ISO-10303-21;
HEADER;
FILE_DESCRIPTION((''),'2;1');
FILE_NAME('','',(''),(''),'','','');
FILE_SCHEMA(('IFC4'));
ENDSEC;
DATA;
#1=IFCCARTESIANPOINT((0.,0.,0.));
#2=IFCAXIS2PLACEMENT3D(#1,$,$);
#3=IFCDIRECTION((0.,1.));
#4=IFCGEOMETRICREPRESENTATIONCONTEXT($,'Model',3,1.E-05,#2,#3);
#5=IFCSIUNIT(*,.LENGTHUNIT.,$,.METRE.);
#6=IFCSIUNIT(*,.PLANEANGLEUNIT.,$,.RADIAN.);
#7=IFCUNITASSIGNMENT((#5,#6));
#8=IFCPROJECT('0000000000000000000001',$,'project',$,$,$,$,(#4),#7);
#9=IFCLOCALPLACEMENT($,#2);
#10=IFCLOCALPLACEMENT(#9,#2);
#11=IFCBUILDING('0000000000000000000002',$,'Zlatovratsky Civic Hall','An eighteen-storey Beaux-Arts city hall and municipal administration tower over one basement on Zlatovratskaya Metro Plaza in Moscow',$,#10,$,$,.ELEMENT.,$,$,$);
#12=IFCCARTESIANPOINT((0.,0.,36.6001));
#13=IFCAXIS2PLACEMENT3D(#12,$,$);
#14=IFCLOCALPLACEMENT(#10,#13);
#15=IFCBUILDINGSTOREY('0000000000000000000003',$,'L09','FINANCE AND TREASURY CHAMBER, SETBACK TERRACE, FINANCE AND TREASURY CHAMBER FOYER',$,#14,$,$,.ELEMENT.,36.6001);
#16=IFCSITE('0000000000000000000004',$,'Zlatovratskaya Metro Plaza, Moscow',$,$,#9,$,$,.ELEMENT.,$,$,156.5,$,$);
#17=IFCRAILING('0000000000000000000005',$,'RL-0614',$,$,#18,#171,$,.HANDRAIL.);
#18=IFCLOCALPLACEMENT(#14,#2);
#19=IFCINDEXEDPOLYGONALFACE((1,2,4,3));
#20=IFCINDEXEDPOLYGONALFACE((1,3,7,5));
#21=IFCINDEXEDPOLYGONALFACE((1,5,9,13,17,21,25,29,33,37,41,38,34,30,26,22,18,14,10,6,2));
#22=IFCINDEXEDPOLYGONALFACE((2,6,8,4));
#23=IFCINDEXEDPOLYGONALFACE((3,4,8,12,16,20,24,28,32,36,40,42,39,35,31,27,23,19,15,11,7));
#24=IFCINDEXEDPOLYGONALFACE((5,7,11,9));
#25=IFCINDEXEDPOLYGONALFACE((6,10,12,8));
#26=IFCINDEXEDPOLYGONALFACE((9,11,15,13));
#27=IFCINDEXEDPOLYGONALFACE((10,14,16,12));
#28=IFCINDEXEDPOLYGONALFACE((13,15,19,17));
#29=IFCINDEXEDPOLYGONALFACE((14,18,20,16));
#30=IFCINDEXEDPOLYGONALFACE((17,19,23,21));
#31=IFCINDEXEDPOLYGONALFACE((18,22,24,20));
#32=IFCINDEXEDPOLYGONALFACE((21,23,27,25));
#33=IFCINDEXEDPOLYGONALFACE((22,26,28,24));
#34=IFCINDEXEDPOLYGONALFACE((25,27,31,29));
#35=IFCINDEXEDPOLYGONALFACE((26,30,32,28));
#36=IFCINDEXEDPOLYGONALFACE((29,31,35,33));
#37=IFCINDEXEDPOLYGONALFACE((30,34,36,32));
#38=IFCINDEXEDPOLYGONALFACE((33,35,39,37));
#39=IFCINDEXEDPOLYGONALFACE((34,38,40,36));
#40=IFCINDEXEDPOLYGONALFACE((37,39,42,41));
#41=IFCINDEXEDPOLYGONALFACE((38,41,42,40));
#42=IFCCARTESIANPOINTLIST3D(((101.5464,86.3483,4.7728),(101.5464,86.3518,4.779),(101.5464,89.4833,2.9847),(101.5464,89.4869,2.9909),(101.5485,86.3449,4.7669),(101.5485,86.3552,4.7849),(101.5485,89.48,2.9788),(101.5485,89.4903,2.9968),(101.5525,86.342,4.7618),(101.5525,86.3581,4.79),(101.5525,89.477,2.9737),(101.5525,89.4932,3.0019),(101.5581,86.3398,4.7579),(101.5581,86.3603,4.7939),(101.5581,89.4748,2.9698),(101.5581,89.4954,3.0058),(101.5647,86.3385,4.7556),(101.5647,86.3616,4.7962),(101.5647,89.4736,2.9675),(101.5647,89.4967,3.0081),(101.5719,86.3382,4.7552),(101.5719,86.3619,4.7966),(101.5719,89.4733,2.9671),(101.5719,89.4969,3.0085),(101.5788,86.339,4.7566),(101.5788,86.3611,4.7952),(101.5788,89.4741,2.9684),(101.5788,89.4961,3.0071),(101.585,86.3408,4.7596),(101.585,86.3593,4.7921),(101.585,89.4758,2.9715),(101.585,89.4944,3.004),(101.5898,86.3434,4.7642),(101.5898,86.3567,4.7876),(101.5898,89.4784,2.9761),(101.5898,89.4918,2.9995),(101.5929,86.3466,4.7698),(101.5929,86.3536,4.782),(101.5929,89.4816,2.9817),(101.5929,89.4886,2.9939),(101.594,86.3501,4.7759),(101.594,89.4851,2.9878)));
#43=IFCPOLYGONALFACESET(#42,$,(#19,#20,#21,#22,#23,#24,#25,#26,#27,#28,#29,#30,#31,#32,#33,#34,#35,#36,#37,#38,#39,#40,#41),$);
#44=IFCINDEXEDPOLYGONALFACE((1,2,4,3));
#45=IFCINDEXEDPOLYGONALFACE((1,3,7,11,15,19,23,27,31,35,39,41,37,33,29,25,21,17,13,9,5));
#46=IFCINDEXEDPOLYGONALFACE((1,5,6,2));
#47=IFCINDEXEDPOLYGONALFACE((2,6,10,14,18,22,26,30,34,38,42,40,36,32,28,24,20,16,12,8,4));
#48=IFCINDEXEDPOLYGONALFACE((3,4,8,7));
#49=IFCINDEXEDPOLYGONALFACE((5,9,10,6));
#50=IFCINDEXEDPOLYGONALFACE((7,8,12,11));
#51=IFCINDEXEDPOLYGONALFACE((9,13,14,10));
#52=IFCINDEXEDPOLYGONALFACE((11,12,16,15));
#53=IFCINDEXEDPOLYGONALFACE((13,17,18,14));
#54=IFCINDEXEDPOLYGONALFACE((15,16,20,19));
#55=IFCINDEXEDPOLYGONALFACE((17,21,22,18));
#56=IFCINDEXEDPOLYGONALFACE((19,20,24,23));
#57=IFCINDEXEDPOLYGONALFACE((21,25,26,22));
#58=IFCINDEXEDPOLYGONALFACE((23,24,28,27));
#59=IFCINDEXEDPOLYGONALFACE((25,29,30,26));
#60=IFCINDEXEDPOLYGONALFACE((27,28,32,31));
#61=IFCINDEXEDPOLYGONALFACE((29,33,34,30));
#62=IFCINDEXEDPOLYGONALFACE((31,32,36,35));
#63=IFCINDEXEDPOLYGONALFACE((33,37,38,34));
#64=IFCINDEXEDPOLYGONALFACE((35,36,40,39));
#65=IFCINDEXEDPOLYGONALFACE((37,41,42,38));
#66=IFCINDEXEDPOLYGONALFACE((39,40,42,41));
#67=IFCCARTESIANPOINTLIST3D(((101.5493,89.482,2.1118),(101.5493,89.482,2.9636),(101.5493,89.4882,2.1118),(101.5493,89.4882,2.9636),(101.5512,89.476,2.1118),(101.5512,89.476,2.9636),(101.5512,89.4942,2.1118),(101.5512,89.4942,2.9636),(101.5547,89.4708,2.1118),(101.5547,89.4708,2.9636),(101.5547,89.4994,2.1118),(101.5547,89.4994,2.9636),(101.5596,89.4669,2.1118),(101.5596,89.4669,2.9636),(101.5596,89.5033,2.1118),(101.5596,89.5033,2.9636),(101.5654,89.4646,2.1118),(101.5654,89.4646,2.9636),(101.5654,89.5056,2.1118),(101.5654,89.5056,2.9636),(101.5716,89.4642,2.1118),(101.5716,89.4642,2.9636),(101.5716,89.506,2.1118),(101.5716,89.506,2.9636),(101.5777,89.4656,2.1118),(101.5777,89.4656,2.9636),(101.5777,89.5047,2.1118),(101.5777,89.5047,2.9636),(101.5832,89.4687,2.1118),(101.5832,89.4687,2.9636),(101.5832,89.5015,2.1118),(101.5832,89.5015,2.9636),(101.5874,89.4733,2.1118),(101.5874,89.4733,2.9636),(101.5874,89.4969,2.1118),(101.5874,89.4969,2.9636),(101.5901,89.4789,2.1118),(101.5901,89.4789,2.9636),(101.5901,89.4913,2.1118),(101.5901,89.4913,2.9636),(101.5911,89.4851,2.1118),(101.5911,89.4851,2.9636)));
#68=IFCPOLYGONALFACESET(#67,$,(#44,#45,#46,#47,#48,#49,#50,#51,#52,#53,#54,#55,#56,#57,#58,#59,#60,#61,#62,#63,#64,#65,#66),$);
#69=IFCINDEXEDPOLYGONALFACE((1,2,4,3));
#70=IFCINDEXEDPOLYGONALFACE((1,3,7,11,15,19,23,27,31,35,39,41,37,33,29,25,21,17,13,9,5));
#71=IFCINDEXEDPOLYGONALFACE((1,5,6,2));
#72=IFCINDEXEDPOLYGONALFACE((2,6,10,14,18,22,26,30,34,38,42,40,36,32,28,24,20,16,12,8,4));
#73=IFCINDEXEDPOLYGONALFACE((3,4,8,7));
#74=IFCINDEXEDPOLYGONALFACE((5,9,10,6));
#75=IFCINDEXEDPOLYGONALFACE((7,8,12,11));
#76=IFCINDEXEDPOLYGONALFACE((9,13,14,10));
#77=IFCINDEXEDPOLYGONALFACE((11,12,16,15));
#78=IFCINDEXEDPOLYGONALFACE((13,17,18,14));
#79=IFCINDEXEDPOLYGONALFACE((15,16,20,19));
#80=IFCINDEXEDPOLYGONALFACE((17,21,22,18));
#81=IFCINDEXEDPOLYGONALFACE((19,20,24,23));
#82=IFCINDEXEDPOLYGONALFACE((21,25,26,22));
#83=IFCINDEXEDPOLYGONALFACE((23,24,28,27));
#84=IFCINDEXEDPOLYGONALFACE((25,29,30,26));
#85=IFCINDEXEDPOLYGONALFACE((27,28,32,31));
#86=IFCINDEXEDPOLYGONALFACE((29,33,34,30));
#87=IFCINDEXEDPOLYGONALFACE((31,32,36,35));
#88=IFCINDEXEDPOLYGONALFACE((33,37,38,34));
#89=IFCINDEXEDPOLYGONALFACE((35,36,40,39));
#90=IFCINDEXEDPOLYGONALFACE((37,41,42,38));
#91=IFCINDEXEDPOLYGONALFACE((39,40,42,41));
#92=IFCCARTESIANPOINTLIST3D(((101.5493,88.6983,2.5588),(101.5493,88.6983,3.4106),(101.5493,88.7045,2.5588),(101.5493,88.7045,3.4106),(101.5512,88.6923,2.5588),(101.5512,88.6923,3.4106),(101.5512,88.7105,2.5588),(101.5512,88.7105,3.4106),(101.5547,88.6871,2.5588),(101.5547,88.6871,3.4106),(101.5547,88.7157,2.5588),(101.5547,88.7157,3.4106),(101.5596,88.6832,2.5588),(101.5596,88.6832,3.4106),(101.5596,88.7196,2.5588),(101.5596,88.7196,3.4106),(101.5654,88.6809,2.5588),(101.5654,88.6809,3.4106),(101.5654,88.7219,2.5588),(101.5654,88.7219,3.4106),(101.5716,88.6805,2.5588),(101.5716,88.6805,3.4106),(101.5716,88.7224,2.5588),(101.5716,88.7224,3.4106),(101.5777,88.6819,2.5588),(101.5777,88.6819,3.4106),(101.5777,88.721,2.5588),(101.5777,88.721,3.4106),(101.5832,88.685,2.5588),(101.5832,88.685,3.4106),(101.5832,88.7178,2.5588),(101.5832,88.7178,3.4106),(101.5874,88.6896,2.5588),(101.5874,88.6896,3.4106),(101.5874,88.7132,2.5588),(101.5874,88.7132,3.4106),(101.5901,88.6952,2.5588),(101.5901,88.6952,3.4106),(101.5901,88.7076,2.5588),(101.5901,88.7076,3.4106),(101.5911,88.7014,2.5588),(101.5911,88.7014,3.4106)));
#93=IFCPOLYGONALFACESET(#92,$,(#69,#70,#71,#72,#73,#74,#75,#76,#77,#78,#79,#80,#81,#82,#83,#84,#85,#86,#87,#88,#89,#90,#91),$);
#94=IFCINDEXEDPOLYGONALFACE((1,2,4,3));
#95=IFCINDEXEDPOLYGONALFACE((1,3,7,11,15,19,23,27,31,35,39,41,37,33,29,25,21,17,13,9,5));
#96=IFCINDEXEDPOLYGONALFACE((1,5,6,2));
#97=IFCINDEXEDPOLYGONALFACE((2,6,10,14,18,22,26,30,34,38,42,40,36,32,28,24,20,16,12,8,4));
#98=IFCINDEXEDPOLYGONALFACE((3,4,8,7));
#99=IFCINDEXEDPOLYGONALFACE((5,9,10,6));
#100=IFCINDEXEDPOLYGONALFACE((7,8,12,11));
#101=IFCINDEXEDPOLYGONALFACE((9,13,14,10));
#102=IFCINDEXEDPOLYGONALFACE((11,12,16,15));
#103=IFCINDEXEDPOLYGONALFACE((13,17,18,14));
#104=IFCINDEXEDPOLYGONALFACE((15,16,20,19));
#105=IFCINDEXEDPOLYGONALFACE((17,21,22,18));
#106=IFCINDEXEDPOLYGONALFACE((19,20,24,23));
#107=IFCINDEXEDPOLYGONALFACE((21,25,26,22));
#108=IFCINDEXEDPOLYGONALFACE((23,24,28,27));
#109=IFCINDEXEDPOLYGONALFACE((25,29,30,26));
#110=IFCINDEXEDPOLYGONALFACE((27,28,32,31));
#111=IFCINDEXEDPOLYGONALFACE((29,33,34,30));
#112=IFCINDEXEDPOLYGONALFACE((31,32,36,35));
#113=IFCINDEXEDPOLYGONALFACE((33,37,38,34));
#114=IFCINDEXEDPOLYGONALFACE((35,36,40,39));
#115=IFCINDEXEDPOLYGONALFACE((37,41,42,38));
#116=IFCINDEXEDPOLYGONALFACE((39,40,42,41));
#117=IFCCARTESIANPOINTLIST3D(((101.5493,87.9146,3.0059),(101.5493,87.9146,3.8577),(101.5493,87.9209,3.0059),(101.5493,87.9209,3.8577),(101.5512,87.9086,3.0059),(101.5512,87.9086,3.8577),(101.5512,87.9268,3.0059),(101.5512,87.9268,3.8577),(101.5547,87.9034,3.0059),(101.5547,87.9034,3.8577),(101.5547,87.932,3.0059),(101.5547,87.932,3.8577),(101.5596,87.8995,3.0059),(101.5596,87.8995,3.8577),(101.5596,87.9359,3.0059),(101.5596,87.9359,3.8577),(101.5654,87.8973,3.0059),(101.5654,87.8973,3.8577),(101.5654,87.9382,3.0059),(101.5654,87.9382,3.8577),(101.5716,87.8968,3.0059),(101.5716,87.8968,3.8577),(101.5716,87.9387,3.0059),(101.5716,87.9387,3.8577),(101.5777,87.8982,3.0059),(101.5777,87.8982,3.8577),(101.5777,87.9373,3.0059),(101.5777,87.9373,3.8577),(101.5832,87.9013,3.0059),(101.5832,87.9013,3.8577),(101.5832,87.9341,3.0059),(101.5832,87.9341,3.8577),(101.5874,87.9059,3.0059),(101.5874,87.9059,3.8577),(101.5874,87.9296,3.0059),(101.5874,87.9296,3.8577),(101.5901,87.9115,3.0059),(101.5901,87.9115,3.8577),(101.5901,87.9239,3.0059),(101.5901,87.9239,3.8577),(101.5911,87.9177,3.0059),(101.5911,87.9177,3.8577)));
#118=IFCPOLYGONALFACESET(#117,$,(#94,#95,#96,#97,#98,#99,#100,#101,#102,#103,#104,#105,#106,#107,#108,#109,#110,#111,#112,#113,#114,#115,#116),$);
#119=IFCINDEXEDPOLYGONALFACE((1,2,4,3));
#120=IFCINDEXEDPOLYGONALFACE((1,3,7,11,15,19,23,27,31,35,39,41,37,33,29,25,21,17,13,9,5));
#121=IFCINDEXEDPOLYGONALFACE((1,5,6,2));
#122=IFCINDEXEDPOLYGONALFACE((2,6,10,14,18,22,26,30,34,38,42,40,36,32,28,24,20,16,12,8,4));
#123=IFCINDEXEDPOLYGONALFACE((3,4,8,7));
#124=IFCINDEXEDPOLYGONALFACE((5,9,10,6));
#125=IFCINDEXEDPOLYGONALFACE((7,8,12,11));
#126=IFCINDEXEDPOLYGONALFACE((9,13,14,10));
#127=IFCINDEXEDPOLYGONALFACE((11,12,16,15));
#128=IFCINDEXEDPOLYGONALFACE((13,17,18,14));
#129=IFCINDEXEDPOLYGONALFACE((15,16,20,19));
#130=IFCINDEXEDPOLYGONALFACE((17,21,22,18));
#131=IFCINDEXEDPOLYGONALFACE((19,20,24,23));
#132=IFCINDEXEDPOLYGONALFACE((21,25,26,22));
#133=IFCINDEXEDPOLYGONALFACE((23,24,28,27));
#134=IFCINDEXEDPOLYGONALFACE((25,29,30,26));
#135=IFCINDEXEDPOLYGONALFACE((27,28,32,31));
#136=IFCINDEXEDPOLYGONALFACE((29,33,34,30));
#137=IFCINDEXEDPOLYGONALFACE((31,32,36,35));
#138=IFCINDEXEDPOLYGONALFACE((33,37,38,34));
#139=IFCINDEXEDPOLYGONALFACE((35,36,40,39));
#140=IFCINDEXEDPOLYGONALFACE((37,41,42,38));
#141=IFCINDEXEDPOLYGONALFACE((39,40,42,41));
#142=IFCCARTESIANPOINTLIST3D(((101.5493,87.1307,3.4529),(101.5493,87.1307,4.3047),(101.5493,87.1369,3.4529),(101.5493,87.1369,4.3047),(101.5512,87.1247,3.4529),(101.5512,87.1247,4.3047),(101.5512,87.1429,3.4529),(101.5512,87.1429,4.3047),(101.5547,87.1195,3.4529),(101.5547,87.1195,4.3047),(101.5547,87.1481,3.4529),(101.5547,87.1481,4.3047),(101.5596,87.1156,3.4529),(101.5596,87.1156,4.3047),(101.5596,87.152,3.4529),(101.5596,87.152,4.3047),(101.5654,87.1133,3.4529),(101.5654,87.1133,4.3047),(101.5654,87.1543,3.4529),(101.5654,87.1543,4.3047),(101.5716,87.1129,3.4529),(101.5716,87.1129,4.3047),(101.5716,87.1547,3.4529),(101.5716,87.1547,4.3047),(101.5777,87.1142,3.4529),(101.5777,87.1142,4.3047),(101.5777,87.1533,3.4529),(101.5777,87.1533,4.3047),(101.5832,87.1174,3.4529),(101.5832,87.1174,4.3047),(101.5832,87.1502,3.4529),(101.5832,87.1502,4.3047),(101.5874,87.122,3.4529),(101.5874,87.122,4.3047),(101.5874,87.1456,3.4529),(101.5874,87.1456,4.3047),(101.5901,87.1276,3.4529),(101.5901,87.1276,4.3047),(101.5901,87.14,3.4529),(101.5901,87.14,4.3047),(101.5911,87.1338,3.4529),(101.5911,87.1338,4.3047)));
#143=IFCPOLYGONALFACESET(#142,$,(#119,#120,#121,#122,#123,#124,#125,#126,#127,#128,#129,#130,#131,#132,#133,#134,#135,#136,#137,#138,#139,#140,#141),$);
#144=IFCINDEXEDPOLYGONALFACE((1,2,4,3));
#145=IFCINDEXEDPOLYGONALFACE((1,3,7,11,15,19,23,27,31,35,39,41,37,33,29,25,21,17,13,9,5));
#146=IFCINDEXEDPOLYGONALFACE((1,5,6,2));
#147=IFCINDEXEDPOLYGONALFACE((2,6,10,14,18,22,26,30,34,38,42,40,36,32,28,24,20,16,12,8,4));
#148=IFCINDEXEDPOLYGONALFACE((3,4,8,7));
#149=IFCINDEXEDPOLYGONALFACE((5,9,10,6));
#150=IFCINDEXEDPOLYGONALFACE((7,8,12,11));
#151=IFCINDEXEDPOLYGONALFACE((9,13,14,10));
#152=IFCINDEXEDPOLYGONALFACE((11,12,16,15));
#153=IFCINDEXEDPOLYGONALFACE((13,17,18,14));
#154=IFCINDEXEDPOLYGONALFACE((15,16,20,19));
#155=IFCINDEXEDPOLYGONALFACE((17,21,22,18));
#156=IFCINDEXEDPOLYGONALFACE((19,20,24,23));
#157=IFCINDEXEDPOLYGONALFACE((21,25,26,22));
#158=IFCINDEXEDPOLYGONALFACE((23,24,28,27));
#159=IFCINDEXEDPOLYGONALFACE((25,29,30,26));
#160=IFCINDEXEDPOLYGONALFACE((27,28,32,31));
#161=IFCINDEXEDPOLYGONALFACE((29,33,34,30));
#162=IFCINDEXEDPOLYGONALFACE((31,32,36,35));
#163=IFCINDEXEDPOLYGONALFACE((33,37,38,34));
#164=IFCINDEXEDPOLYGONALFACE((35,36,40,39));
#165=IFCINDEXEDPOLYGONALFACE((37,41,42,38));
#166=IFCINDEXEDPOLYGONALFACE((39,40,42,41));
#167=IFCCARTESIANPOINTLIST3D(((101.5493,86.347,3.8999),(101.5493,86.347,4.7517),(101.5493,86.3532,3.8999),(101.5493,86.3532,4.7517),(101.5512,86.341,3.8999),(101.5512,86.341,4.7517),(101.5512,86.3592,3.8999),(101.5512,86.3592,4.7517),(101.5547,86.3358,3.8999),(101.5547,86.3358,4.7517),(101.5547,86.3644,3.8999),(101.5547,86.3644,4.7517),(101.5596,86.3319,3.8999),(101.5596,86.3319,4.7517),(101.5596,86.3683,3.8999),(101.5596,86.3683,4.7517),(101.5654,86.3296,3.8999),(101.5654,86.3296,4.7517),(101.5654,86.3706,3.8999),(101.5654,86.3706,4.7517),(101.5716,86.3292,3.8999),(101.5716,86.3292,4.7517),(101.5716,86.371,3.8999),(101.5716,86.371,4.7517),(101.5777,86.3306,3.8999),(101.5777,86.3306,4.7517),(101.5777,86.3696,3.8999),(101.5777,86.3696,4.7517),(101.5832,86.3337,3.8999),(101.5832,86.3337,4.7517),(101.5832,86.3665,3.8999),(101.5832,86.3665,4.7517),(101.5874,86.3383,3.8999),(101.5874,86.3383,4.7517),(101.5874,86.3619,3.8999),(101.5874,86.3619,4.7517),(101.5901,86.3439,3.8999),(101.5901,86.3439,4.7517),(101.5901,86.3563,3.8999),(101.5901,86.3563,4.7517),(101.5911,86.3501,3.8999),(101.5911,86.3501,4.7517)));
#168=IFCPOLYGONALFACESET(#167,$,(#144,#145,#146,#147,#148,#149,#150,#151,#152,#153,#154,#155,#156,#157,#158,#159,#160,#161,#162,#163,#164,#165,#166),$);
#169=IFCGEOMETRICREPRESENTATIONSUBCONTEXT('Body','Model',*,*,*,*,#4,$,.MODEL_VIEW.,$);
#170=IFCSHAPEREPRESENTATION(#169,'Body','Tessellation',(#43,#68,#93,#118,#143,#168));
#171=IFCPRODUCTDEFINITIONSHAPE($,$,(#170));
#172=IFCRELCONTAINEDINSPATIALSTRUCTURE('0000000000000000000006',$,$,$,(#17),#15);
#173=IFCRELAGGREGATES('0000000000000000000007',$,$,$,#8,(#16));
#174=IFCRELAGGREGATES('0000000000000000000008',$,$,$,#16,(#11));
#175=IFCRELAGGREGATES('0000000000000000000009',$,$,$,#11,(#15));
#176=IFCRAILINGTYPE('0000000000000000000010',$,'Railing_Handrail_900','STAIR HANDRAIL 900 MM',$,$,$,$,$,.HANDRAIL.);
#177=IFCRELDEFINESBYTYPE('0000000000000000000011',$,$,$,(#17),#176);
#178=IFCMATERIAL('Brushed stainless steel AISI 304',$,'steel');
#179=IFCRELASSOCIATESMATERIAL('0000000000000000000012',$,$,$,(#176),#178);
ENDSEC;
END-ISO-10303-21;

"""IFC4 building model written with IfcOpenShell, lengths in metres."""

from ifc_helpers import new_model, si_unit, direction, frame, origin, origin_2d, place, context, subcontext, project, spatial, circle, extrude, material, type_object, element, save


model = new_model("IFC4")

# Units and contexts
model_context = context("Model", 3, precision=1e-05, world=origin(), true_north=direction((0.0, 1.0)))
body_context = subcontext(model_context, "Body", "Model", "MODEL_VIEW")
ifc_project = project(units=[si_unit("LENGTHUNIT", "METRE"), si_unit("PLANEANGLEUNIT", "RADIAN")], contexts=[model_context])

# Site, building, storey
site_placement = place(None, origin())
site = spatial("IfcSite", under=ifc_project, at=site_placement, Name="Zlatovratskaya Metro Plaza, Moscow", CompositionType="ELEMENT", RefElevation=156.5)
building_placement = place(site_placement, origin())
building = spatial("IfcBuilding", under=site, at=building_placement, Name="Zlatovratsky Civic Hall", Description="An eighteen-storey Beaux-Arts city hall and municipal administration tower over one basement on Zlatovratskaya Metro Plaza in Moscow", CompositionType="ELEMENT")
storey_placement = place(building_placement, frame((0.0, 0.0, 36.6001)))
storey = spatial("IfcBuildingStorey", under=building, at=storey_placement, Name="L09", Description="FINANCE AND TREASURY CHAMBER, SETBACK TERRACE, FINANCE AND TREASURY CHAMBER FOYER", CompositionType="ELEMENT", Elevation=36.6001)

# Railing
ifc_material_1 = material(Name="Brushed stainless steel AISI 304", Category="steel")
railing_type = type_object("IfcRailingType", Name="Railing_Handrail_900", Description="STAIR HANDRAIL 900 MM", PredefinedType="HANDRAIL", material=ifc_material_1)
railing_placement = place(storey_placement, frame((101.5701, 89.4851, 2.1118)))
element("IfcRailing", 1, at=railing_placement, inside=storey, type_object=railing_type, Name="RL-0614", PredefinedType="HANDRAIL", context=body_context, shape_type="SweptSolid", body=[
    extrude(circle(Radius=0.0239, at=origin_2d()), frame((0.0, 0.0, 0.876), z_axis=(0.0, -0.868642, 0.495439), x_axis=(1.0, 0.0, 0.0)), (0.0, 0.0, 1.0), 3.6091),
    extrude(circle(Radius=0.021, at=origin_2d()), origin(), (0.0, 0.0, 1.0), 0.8518),
    extrude(circle(Radius=0.021, at=origin_2d()), frame((0.0, -0.7837, 0.447)), (0.0, 0.0, 1.0), 0.8518),
    extrude(circle(Radius=0.021, at=origin_2d()), frame((0.0, -1.5674, 0.894)), (0.0, 0.0, 1.0), 0.8518),
    extrude(circle(Radius=0.021, at=origin_2d()), frame((0.0, -2.3513, 1.3411)), (0.0, 0.0, 1.0), 0.8518),
    extrude(circle(Radius=0.021, at=origin_2d()), frame((0.0, -3.135, 1.7881)), (0.0, 0.0, 1.0), 0.8518),
])

save(model, "model.ifc")
